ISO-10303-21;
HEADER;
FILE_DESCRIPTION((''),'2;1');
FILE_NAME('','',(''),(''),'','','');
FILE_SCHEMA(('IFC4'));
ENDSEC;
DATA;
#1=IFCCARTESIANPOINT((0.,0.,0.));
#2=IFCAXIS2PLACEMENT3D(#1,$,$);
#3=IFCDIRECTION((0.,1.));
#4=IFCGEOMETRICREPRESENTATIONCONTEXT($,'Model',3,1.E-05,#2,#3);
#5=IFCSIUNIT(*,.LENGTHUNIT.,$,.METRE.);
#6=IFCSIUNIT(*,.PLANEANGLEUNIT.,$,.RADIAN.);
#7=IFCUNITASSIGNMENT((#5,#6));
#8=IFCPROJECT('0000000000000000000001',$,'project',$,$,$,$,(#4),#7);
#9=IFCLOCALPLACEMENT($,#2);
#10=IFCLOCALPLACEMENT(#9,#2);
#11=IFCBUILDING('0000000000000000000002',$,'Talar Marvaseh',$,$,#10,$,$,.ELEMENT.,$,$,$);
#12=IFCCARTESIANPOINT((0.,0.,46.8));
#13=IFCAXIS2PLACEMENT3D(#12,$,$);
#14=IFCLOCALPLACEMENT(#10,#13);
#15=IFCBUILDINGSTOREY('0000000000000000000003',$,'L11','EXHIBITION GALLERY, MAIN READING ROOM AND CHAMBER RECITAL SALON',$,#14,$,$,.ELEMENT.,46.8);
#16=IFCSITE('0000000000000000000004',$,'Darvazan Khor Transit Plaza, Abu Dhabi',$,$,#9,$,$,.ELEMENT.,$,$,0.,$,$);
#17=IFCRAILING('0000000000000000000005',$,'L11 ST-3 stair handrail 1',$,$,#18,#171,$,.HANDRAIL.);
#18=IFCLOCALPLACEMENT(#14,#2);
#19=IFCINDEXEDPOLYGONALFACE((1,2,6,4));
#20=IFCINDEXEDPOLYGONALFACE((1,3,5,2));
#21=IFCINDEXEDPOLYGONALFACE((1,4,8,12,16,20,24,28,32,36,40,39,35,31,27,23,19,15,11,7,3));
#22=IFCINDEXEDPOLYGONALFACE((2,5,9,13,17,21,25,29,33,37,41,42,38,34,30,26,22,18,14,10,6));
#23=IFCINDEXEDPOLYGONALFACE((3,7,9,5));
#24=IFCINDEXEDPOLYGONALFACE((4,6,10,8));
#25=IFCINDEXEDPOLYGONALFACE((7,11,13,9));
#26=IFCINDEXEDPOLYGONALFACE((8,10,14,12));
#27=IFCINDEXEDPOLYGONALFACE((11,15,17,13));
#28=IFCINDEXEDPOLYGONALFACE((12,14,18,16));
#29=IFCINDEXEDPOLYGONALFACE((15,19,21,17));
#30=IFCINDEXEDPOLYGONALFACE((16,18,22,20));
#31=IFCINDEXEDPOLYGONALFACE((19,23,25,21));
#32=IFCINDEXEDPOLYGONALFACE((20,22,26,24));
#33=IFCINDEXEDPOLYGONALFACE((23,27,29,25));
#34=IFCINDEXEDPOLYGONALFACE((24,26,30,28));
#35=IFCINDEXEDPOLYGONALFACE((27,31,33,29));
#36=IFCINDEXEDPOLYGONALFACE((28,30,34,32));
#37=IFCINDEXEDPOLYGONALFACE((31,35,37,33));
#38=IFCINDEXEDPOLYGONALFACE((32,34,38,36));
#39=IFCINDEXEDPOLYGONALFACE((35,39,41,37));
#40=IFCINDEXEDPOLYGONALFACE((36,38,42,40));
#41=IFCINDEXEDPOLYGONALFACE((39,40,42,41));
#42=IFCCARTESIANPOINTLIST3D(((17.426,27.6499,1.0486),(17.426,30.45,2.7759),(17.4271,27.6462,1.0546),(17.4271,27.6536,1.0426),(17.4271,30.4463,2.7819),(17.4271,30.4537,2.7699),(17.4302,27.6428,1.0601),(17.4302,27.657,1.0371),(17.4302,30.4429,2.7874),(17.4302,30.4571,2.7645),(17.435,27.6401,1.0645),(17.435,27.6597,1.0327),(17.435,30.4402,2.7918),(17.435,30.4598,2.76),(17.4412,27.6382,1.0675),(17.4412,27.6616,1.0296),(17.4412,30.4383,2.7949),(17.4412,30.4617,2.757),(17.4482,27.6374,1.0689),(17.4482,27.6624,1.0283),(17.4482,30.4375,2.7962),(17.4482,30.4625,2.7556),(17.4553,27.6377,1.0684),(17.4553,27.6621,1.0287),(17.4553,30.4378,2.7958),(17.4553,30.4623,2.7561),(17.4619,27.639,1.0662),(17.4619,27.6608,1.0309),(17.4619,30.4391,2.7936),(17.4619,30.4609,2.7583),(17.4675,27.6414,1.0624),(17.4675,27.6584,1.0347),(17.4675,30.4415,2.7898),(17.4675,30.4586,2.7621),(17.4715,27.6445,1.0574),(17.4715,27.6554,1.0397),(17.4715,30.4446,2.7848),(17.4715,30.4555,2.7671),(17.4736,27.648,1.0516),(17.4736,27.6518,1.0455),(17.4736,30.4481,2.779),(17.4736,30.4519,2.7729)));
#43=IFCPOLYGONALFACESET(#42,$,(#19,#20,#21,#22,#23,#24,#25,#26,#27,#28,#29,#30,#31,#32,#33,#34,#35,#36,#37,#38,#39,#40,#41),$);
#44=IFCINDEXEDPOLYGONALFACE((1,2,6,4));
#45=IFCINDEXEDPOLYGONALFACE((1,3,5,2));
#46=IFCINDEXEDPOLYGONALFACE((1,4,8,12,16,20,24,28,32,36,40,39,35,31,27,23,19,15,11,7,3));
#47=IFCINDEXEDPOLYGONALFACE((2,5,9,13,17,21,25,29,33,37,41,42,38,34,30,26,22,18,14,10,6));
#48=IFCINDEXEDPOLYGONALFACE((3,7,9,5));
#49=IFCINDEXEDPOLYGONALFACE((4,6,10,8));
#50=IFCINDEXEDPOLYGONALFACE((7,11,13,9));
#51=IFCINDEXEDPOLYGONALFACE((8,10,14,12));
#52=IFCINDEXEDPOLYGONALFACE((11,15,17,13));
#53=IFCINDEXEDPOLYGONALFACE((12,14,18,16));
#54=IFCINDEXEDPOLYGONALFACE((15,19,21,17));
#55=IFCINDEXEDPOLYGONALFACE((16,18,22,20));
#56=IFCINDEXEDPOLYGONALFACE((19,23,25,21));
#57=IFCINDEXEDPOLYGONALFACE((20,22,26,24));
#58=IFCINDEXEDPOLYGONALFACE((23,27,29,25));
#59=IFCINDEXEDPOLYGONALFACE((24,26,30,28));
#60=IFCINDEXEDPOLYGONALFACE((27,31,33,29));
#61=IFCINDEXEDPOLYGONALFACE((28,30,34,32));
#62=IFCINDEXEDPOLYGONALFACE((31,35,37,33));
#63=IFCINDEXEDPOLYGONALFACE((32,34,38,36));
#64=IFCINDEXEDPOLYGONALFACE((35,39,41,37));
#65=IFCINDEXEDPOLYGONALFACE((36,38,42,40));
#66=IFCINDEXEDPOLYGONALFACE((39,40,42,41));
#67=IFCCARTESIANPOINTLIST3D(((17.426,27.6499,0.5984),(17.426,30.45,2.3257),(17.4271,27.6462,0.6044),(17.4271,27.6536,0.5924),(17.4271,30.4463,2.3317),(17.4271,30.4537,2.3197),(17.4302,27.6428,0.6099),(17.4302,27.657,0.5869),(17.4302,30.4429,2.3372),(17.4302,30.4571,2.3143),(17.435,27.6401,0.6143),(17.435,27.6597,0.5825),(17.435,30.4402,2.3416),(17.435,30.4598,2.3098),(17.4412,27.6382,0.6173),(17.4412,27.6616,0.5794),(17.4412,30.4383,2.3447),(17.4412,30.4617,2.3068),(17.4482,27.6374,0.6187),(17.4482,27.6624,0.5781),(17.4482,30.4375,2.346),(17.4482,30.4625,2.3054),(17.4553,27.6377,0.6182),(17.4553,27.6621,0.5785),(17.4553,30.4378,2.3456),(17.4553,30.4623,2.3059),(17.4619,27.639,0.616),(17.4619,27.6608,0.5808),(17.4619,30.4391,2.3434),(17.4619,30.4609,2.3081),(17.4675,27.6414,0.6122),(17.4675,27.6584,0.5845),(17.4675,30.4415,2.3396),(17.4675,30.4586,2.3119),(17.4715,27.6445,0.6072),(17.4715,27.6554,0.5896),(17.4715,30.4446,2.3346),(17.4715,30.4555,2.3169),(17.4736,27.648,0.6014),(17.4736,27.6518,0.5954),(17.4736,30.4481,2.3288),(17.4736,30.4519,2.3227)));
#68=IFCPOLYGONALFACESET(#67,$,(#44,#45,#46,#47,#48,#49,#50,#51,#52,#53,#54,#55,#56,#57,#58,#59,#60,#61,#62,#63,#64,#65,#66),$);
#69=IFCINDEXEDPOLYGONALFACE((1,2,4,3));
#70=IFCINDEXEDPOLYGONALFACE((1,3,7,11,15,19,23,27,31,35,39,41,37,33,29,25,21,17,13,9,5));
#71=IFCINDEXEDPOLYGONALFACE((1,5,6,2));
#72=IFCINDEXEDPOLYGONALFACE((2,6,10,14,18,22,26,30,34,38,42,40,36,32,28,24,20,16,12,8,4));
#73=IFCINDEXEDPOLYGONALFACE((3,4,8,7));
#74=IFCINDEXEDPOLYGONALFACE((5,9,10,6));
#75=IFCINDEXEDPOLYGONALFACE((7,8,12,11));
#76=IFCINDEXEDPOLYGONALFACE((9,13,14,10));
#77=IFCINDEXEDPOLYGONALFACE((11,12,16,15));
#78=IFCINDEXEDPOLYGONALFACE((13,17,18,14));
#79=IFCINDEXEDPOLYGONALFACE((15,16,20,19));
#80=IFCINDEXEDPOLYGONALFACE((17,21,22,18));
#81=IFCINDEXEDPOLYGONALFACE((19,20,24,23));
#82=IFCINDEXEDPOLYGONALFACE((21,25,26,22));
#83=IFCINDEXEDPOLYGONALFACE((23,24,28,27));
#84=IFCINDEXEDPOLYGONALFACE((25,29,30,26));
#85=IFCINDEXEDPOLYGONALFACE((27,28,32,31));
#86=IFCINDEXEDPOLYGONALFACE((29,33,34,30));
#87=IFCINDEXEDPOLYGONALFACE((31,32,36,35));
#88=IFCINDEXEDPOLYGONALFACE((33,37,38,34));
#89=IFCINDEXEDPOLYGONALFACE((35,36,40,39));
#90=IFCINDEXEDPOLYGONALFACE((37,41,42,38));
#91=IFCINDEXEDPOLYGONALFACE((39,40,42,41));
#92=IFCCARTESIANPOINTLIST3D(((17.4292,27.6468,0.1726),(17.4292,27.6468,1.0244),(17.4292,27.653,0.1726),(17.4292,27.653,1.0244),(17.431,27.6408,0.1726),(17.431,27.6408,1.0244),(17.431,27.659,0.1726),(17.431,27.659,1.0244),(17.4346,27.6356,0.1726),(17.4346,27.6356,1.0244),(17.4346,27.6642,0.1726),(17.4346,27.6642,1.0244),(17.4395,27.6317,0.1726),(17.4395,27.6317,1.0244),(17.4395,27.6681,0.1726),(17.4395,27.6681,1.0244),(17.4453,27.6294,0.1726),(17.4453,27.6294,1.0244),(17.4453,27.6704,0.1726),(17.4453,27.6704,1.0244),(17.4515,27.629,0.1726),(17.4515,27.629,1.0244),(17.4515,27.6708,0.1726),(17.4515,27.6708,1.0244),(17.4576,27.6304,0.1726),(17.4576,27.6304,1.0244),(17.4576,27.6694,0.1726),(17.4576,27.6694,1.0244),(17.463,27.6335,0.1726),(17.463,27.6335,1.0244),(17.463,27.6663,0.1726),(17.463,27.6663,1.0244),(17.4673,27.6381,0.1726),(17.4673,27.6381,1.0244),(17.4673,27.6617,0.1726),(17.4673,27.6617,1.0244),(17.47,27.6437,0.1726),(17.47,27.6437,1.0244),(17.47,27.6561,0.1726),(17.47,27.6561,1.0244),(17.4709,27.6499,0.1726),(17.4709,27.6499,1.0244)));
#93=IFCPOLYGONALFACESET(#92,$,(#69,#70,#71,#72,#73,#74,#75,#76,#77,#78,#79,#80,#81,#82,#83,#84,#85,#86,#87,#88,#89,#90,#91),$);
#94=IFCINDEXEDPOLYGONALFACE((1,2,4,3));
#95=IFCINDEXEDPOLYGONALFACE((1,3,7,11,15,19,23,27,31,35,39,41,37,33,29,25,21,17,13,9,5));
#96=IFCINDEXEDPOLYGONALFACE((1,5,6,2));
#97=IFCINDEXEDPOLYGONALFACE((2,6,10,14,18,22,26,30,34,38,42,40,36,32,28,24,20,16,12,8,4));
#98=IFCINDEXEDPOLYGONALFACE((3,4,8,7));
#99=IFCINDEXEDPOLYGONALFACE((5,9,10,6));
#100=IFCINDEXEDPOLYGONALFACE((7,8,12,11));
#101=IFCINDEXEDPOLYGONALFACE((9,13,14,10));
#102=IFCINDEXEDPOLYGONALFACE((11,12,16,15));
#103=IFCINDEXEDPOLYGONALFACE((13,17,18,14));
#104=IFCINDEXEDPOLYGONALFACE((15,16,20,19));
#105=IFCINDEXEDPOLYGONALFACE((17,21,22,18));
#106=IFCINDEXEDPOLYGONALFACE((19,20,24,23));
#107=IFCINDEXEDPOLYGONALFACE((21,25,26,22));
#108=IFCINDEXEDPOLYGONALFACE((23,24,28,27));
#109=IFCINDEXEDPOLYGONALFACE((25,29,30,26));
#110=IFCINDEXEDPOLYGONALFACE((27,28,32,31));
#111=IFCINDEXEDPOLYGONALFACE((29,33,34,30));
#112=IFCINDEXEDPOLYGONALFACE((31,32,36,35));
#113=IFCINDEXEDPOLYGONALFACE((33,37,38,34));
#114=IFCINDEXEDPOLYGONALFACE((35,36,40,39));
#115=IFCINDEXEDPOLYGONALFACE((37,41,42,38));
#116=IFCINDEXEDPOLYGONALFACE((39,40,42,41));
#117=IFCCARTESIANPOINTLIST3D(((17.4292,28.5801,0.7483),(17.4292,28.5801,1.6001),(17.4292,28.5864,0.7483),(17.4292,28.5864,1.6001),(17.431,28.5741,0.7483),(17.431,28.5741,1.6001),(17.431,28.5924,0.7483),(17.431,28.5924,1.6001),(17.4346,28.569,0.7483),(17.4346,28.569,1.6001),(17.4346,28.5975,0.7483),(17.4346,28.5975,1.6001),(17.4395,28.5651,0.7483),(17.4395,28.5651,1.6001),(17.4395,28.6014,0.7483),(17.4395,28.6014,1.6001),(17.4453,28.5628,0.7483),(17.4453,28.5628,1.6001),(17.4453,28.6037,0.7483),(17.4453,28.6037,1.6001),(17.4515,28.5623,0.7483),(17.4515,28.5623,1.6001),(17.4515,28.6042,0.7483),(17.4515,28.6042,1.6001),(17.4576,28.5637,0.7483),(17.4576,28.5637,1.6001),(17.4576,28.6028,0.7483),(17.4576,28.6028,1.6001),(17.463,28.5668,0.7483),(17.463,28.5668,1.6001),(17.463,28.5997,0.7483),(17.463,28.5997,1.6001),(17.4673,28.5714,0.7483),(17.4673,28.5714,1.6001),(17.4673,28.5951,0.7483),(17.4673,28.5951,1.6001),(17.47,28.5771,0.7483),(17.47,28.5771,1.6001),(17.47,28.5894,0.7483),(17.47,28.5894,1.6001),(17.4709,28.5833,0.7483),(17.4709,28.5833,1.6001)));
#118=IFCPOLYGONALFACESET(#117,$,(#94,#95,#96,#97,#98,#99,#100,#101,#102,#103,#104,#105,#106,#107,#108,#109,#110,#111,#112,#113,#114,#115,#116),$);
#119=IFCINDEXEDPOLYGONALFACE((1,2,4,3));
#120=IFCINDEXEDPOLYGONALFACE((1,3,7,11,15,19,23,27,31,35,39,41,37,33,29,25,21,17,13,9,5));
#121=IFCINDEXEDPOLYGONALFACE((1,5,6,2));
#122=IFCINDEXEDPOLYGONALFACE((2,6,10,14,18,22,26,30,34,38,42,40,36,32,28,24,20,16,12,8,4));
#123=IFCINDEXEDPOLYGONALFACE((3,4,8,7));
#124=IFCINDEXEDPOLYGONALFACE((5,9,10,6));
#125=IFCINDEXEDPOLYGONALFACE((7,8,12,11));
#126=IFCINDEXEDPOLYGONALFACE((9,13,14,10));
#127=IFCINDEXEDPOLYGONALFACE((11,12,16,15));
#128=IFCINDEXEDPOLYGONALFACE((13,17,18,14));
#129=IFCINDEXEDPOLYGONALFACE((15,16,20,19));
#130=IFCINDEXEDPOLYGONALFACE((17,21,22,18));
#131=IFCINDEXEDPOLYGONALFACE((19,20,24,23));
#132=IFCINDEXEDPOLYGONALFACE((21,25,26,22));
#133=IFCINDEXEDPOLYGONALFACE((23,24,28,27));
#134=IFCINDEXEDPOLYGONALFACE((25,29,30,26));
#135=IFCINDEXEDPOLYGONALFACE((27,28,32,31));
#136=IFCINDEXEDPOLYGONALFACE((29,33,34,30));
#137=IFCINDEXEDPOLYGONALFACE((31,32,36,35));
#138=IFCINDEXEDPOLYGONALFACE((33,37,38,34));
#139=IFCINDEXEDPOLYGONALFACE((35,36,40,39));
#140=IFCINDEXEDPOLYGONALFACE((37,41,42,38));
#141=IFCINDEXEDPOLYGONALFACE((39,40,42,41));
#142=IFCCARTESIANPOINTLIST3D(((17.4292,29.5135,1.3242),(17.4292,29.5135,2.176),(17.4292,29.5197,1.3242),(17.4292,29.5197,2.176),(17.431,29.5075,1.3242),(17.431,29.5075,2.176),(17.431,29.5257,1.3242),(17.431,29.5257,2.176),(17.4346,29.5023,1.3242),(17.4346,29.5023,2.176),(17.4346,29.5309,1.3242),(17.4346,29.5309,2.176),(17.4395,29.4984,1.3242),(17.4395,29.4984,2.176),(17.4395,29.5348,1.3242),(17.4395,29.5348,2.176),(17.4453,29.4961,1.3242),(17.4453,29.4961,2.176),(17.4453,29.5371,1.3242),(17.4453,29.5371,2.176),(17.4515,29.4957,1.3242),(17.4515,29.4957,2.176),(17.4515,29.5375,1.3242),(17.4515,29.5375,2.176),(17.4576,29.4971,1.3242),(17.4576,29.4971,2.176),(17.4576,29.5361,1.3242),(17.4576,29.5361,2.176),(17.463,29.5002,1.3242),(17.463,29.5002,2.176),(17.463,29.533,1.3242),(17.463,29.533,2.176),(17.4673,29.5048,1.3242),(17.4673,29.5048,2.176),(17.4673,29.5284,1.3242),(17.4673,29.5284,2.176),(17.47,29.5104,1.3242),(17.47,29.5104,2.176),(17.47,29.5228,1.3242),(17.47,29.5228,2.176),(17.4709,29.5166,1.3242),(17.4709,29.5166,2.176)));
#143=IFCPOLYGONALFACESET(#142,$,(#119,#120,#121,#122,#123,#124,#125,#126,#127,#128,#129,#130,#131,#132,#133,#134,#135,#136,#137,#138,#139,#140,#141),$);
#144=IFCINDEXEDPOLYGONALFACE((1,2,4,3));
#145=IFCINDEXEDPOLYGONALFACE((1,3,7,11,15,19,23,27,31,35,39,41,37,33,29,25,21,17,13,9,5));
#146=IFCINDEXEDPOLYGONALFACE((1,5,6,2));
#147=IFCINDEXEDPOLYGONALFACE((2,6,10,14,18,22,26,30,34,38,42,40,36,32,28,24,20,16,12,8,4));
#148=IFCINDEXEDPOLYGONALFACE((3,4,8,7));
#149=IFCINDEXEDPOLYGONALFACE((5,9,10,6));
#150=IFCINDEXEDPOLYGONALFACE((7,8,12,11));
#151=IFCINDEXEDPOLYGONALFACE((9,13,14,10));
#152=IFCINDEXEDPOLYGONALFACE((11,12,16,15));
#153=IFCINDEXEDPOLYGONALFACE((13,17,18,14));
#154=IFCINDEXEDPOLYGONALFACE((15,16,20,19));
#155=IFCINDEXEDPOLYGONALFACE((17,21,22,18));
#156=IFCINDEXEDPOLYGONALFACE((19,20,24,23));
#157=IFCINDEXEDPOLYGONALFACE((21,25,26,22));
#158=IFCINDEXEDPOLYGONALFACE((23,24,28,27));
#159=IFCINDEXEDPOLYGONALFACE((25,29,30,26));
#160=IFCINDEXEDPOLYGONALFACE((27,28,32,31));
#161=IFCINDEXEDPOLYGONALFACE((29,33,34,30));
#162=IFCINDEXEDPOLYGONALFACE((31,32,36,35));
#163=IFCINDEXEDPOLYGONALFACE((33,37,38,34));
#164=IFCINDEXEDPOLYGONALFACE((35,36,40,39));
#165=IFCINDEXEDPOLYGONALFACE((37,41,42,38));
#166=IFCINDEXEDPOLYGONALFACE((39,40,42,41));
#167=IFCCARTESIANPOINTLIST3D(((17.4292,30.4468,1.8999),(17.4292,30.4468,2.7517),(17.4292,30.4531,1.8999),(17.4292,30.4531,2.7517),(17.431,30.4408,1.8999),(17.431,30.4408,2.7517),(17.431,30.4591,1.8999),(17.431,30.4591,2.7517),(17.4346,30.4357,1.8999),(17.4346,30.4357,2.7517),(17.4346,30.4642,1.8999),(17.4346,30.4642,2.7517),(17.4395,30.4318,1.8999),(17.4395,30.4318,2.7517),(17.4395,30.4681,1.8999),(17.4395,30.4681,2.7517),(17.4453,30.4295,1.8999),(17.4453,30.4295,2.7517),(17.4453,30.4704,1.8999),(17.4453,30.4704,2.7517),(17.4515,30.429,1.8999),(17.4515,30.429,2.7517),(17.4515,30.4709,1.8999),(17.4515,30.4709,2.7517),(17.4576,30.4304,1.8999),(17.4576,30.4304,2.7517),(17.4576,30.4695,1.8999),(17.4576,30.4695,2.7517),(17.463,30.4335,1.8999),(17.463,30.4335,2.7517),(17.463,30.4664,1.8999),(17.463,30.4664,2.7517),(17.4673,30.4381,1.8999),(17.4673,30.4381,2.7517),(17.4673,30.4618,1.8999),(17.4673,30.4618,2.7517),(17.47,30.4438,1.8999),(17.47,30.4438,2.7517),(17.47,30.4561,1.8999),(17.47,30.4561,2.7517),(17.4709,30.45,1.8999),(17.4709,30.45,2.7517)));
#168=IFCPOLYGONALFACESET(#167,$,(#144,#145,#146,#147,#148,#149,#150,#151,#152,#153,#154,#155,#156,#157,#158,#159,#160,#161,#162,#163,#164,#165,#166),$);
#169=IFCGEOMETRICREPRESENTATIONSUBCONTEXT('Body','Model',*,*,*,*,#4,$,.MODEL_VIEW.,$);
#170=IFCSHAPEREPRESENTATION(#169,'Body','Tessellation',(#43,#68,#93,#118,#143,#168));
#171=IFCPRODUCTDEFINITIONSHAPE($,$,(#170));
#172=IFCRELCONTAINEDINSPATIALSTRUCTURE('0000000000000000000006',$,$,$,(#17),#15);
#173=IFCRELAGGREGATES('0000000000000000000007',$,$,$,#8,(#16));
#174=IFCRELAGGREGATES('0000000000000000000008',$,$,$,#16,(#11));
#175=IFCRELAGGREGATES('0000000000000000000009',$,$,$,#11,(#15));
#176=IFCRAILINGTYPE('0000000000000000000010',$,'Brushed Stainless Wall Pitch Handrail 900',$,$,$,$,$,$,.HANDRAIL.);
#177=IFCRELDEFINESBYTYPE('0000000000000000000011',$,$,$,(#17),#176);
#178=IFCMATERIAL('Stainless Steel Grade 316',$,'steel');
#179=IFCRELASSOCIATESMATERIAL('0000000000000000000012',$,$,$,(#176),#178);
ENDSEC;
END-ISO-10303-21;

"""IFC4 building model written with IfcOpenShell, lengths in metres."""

from ifc_helpers import new_model, si_unit, direction, frame, origin, origin_2d, place, context, subcontext, project, spatial, circle, extrude, material, type_object, element, save


model = new_model("IFC4")

# Units and contexts
model_context = context("Model", 3, precision=1e-05, world=origin(), true_north=direction((0.0, 1.0)))
body_context = subcontext(model_context, "Body", "Model", "MODEL_VIEW")
ifc_project = project(units=[si_unit("LENGTHUNIT", "METRE"), si_unit("PLANEANGLEUNIT", "RADIAN")], contexts=[model_context])

# Site, building, storey
site_placement = place(None, origin())
site = spatial("IfcSite", under=ifc_project, at=site_placement, Name="Darvazan Khor Transit Plaza, Abu Dhabi", CompositionType="ELEMENT", RefElevation=0.0)
building_placement = place(site_placement, origin())
building = spatial("IfcBuilding", under=site, at=building_placement, Name="Talar Marvaseh", CompositionType="ELEMENT")
storey_placement = place(building_placement, frame((0.0, 0.0, 46.8)))
storey = spatial("IfcBuildingStorey", under=building, at=storey_placement, Name="L11", Description="EXHIBITION GALLERY, MAIN READING ROOM AND CHAMBER RECITAL SALON", CompositionType="ELEMENT", Elevation=46.8)

# Railing
ifc_material_1 = material(Name="Stainless Steel Grade 316", Category="steel")
railing_type_1 = type_object("IfcRailingType", Name="Brushed Stainless Wall Pitch Handrail 900", PredefinedType="HANDRAIL", material=ifc_material_1)
railing_1_placement = place(storey_placement, frame((17.45, 27.6499, 0.1726)))
element("IfcRailing", 1, at=railing_1_placement, inside=storey, type_object=railing_type_1, Name="L11 ST-3 stair handrail 1", PredefinedType="HANDRAIL", context=body_context, shape_type="SweptSolid", body=[
    extrude(circle(Radius=0.0239, at=origin_2d()), frame((0.0, 0.0, 0.876), z_axis=(0.0, 0.85109, 0.52502), x_axis=(-1.0, 0.0, 0.0)), (0.0, 0.0, 1.0), 3.29),
    extrude(circle(Radius=0.0239, at=origin_2d()), frame((0.0, 0.0, 0.4258), z_axis=(0.0, 0.85109, 0.52502), x_axis=(-1.0, 0.0, 0.0)), (0.0, 0.0, 1.0), 3.29),
    extrude(circle(Radius=0.021, at=origin_2d()), origin(), (0.0, 0.0, 1.0), 0.8518),
    extrude(circle(Radius=0.021, at=origin_2d()), frame((0.0, 0.9333, 0.5757)), (0.0, 0.0, 1.0), 0.8518),
    extrude(circle(Radius=0.021, at=origin_2d()), frame((0.0, 1.8667, 1.1516)), (0.0, 0.0, 1.0), 0.8518),
    extrude(circle(Radius=0.021, at=origin_2d()), frame((0.0, 2.8, 1.7273)), (0.0, 0.0, 1.0), 0.8518),
])

save(model, "model.ifc")
